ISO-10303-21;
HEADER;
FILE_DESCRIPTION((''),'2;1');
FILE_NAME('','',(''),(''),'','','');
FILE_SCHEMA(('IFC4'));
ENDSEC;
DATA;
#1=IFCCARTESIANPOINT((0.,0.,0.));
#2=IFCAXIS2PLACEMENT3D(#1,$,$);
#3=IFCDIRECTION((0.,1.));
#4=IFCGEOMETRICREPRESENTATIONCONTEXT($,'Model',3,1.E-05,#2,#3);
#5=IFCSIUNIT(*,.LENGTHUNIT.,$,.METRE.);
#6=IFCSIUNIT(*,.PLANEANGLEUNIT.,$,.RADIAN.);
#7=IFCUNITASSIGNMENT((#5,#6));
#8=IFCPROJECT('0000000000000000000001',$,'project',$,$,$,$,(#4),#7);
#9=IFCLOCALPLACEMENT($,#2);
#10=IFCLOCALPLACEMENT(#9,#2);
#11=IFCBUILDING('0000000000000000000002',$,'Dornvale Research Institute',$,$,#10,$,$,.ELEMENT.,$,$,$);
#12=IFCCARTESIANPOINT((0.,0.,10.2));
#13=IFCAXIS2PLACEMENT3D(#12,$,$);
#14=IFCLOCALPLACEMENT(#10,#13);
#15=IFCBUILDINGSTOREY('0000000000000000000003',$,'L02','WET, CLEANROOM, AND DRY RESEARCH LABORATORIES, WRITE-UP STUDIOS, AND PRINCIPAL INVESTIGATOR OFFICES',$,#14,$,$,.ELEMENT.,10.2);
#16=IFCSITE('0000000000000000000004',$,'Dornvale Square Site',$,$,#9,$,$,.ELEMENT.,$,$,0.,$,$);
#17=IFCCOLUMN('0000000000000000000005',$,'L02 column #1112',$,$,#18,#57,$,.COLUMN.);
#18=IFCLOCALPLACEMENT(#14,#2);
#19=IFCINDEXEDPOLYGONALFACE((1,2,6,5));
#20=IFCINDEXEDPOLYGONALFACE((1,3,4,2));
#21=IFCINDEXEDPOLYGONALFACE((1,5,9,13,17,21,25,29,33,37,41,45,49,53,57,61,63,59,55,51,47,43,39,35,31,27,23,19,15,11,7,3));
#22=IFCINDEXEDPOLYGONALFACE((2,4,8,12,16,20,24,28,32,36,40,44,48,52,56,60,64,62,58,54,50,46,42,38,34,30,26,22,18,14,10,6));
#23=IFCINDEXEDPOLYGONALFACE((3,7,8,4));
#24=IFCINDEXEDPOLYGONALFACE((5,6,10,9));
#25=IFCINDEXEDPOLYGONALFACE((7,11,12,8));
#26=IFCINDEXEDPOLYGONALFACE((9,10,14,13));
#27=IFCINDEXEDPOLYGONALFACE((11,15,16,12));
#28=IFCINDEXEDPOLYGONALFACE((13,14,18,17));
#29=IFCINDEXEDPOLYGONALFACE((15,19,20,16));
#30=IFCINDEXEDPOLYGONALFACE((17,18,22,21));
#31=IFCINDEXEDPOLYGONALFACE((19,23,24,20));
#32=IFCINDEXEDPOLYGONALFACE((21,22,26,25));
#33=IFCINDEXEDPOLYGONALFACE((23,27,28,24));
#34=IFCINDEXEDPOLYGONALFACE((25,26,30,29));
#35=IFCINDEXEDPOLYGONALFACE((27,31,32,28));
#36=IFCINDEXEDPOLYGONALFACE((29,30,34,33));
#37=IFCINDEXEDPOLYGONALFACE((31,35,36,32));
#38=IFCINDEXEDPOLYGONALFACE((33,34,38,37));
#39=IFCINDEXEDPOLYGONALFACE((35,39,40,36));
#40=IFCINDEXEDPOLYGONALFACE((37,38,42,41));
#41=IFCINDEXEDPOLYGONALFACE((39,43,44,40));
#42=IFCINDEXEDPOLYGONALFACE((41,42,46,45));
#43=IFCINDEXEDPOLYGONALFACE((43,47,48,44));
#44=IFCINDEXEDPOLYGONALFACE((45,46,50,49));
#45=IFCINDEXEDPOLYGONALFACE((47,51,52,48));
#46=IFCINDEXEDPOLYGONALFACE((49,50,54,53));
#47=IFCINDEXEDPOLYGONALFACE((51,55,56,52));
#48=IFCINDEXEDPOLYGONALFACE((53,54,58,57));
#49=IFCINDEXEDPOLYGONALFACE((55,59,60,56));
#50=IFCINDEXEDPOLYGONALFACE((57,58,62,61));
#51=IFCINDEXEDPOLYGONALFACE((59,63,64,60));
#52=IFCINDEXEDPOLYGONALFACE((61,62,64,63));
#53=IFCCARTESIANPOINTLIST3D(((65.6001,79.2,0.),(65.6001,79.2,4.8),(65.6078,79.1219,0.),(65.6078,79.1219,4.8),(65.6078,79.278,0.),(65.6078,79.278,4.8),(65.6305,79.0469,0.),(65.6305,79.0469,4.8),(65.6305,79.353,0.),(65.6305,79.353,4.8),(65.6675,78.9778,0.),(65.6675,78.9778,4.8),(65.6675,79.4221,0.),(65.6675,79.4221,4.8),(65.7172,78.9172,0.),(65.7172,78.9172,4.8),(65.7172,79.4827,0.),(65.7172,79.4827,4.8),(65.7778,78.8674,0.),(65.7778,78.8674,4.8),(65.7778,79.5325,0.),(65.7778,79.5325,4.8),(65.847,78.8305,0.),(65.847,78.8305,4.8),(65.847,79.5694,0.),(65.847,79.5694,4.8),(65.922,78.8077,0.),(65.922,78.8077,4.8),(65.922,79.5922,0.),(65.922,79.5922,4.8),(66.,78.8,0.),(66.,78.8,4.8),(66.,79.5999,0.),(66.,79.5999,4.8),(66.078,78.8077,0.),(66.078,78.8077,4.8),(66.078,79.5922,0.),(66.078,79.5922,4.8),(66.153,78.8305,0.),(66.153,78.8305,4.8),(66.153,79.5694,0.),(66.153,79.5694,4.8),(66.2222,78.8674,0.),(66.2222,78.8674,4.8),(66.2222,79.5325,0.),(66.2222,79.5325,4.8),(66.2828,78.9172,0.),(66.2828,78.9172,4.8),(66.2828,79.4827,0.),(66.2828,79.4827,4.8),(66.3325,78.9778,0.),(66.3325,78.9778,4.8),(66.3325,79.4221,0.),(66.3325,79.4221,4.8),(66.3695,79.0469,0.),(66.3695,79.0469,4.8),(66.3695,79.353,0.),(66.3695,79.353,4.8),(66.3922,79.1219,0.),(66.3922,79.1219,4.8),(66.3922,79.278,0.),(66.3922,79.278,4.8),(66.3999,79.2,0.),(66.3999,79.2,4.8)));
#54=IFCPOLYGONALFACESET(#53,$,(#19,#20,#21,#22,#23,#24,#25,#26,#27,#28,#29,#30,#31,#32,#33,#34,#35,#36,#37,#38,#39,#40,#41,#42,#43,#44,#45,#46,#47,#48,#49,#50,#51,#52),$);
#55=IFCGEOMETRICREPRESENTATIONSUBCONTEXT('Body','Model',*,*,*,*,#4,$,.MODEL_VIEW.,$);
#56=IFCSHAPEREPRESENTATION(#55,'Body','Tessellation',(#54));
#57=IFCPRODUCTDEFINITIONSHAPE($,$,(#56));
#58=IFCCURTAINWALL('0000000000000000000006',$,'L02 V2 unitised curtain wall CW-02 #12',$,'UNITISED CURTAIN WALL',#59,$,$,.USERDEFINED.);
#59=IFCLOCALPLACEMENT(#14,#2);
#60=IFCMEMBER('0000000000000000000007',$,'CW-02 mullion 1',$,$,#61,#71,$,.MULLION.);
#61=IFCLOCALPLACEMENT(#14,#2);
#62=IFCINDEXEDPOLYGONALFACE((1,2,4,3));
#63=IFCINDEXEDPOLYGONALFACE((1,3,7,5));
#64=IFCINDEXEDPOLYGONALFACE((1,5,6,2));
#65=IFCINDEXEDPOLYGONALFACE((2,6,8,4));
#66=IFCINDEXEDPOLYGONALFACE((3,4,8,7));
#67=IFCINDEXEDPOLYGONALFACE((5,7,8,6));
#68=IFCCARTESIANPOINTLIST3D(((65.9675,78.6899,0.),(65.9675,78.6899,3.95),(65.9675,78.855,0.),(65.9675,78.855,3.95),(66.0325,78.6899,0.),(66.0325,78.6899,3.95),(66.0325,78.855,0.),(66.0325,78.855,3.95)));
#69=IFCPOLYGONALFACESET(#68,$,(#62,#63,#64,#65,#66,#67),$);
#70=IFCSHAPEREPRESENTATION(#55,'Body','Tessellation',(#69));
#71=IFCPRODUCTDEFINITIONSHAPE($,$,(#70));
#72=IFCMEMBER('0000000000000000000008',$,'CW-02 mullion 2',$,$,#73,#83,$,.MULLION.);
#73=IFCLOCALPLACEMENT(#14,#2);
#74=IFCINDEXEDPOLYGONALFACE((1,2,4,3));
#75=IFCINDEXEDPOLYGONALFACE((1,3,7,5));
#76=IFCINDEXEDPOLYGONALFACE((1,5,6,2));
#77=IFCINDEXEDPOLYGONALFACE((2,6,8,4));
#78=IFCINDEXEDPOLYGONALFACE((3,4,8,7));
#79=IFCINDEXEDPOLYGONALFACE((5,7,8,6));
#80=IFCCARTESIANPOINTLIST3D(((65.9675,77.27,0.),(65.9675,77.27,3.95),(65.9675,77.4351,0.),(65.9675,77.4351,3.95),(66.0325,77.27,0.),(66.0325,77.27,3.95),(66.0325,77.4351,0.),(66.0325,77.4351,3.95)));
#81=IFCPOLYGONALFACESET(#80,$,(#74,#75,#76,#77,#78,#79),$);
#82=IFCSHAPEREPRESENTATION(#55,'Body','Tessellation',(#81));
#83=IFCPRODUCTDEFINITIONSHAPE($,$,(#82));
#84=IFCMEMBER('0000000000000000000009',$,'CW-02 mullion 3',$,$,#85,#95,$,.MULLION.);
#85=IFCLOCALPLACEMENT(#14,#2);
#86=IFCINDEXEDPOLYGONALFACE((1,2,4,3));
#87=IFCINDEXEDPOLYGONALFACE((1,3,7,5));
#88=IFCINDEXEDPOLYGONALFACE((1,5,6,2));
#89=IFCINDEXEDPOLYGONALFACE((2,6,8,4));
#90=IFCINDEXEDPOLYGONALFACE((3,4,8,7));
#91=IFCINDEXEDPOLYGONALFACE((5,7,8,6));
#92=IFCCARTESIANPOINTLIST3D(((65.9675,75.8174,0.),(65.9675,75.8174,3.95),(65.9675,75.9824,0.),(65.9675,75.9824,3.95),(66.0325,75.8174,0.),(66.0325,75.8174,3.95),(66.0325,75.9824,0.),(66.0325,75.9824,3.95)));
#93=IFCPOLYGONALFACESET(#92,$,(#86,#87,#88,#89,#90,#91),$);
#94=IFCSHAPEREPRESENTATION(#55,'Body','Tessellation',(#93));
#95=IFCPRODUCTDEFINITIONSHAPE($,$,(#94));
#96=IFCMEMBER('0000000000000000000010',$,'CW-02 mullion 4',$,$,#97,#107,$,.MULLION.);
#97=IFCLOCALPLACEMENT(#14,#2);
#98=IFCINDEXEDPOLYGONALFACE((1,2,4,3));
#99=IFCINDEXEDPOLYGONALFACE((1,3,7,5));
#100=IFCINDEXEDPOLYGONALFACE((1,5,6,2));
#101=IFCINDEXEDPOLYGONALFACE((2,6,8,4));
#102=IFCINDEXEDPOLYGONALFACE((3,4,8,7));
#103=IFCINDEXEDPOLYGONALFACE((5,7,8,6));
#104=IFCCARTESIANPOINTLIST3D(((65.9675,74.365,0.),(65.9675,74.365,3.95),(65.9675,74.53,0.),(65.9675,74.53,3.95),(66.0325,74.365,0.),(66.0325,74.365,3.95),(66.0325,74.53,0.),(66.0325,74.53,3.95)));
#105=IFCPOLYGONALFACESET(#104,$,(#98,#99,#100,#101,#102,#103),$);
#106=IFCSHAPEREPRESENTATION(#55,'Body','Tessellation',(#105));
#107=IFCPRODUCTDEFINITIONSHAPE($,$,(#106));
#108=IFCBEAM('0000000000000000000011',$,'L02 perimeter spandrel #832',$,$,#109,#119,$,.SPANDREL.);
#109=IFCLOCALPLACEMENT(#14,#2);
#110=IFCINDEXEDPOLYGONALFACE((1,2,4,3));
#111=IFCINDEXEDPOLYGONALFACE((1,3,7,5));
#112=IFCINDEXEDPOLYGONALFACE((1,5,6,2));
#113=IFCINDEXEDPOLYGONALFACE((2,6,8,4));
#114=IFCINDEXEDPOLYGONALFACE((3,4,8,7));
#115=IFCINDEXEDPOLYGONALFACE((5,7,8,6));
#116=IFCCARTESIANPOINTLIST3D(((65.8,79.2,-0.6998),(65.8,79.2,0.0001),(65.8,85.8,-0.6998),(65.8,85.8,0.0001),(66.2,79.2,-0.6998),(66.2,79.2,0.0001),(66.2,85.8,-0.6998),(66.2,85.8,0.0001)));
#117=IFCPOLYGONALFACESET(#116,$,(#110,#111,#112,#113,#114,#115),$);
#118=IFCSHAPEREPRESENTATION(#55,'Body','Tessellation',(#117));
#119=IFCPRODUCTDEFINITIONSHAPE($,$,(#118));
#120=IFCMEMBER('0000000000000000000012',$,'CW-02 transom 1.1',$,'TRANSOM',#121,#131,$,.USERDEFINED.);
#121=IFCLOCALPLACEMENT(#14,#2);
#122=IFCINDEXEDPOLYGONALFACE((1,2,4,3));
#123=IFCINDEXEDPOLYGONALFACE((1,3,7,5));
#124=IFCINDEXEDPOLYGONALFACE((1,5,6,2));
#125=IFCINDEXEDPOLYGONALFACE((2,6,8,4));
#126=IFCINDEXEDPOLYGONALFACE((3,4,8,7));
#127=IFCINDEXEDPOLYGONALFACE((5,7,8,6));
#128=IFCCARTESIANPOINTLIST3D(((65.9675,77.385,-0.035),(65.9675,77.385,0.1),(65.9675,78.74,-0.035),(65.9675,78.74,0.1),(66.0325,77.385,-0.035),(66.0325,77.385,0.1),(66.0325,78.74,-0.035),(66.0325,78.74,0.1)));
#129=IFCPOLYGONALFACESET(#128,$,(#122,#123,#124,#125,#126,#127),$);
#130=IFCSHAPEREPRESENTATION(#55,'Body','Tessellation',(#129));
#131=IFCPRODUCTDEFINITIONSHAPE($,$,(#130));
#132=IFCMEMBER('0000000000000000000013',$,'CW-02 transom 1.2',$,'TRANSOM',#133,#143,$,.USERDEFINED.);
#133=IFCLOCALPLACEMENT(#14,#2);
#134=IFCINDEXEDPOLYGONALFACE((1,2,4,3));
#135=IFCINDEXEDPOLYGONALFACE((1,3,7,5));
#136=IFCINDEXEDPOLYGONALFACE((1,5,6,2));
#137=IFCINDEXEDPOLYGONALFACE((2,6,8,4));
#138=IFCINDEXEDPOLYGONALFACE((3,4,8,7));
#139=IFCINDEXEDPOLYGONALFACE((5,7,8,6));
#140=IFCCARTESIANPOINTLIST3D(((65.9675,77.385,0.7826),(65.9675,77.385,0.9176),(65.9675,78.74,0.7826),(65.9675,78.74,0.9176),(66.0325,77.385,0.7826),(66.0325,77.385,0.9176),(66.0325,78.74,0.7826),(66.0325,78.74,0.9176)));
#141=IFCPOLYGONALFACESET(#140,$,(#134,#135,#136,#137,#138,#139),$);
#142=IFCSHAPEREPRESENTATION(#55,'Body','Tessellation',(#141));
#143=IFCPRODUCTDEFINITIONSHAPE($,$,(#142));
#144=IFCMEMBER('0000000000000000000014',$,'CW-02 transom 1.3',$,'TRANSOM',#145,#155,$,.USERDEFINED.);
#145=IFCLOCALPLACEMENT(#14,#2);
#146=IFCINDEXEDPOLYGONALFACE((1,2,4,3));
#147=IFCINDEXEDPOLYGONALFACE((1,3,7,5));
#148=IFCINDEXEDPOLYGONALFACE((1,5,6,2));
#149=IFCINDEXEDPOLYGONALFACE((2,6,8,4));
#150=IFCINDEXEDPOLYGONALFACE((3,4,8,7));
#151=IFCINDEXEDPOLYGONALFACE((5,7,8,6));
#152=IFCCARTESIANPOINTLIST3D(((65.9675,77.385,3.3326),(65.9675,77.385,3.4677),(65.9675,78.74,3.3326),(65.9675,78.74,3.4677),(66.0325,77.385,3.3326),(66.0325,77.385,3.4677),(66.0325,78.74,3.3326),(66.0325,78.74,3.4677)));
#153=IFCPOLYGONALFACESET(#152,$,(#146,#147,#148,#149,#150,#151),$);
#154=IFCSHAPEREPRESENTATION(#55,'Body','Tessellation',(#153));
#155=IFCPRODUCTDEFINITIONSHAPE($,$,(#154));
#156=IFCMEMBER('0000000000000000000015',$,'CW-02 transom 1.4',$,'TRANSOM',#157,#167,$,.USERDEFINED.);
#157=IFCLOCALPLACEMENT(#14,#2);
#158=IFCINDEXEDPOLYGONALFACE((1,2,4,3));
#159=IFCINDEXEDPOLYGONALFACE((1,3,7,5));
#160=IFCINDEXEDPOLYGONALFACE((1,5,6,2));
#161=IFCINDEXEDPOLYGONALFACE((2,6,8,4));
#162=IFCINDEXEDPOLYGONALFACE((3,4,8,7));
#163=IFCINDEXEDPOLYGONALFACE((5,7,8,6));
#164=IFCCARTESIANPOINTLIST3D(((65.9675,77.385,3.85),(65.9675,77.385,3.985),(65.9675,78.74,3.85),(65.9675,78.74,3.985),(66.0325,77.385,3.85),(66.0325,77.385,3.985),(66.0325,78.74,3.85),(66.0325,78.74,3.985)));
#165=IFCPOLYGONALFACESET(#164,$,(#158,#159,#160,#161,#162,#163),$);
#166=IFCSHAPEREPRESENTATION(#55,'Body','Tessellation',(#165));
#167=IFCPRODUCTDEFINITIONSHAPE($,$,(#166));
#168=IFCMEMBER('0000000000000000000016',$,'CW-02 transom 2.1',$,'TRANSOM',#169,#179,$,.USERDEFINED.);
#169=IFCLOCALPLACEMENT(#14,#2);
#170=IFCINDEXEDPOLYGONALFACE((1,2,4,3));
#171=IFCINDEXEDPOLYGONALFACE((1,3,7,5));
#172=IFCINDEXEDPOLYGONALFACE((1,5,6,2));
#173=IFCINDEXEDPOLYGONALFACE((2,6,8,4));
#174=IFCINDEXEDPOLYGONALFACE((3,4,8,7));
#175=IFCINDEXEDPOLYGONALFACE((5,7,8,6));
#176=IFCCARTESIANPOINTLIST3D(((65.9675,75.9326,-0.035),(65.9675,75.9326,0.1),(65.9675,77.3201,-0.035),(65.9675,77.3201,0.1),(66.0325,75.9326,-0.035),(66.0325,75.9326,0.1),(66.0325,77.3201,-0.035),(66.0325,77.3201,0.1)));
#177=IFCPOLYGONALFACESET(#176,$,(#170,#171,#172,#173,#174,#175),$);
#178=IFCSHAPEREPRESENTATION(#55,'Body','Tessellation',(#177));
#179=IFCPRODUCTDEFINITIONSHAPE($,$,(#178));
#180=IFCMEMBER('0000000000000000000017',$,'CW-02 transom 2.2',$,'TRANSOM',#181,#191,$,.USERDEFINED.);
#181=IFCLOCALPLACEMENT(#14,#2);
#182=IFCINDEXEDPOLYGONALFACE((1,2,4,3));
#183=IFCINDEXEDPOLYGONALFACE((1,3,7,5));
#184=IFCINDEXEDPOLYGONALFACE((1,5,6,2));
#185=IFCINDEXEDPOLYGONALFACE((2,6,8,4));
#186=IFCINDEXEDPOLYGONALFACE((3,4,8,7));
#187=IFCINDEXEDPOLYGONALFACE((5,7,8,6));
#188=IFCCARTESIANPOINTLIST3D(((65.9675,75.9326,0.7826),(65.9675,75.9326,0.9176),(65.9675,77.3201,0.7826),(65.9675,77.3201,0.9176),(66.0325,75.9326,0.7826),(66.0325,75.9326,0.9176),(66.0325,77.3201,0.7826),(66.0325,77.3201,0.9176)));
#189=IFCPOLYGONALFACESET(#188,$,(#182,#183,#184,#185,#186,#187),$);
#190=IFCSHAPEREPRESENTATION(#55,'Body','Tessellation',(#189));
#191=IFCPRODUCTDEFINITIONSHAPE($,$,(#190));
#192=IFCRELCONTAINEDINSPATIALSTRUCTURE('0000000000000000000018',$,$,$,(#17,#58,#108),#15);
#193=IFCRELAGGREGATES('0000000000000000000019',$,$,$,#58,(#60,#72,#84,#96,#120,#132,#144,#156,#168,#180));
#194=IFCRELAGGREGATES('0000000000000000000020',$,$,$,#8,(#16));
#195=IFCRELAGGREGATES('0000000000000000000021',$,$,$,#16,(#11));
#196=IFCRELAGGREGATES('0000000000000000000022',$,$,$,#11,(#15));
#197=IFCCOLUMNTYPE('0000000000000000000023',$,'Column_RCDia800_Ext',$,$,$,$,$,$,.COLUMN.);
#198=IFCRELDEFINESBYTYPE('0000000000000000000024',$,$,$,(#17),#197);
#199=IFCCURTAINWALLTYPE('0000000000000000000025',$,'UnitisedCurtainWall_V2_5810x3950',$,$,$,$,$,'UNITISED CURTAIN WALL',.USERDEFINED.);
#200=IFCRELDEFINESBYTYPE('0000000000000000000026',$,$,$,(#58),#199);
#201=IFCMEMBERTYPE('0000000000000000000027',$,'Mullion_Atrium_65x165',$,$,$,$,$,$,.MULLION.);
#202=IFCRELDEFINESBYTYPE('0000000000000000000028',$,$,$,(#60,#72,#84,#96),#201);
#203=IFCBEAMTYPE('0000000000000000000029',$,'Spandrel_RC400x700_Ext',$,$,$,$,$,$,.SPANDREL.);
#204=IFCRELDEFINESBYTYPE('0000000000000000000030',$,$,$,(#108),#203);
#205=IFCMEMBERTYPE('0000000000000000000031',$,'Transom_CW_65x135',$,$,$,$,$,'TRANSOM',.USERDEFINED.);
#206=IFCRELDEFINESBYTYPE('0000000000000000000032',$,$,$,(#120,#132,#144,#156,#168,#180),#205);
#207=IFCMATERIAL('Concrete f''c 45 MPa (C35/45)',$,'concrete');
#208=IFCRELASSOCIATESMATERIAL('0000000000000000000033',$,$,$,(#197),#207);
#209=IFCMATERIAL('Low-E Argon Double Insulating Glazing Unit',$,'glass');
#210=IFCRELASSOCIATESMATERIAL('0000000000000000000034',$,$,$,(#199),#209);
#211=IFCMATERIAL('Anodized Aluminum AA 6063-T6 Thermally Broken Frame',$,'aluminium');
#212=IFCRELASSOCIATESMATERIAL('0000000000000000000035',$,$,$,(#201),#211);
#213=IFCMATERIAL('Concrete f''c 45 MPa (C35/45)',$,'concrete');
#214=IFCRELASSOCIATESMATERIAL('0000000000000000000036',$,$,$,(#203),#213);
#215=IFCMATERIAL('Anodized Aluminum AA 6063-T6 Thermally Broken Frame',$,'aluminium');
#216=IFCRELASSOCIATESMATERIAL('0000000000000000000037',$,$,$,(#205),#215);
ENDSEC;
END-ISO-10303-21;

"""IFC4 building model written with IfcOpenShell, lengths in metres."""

from ifc_helpers import new_model, si_unit, direction, frame, origin, origin_2d, place, context, subcontext, project, spatial, rectangle, circle, extrude, material, material_profile, profile_set, type_object, element, aggregate, save


model = new_model("IFC4")

# Units and contexts
model_context = context("Model", 3, precision=1e-05, world=origin(), true_north=direction((0.0, 1.0)))
body_context = subcontext(model_context, "Body", "Model", "MODEL_VIEW")
ifc_project = project(units=[si_unit("LENGTHUNIT", "METRE"), si_unit("PLANEANGLEUNIT", "RADIAN")], contexts=[model_context])

# Site, building, storey
site_placement = place(None, origin())
site = spatial("IfcSite", under=ifc_project, at=site_placement, Name="Dornvale Square Site", CompositionType="ELEMENT", RefElevation=0.0)
building_placement = place(site_placement, origin())
building = spatial("IfcBuilding", under=site, at=building_placement, Name="Dornvale Research Institute", CompositionType="ELEMENT")
storey_placement = place(building_placement, frame((0.0, 0.0, 10.2)))
storey = spatial("IfcBuildingStorey", under=building, at=storey_placement, Name="L02", Description="WET, CLEANROOM, AND DRY RESEARCH LABORATORIES, WRITE-UP STUDIOS, AND PRINCIPAL INVESTIGATOR OFFICES", CompositionType="ELEMENT", Elevation=10.2)

# Column
ifc_material_1 = material(Name="Concrete f'c 45 MPa (C35/45)", Category="concrete")
ifc_material_profile_1 = material_profile(ifc_material_1, circle(Radius=0.3999, at=origin_2d()), Name="RC DIA 800")
ifc_profile_set_1 = profile_set([ifc_material_profile_1], Name="Concrete f'c 45 MPa (C35/45)")
column_type = type_object("IfcColumnType", Name="Column_RCDia800_Ext", PredefinedType="COLUMN", material=ifc_profile_set_1)
column_placement = place(storey_placement, frame((66.0, 79.2, 0.0), z_axis=(0.0, 0.0, 1.0), x_axis=(1.0, 0.0, 0.0)))
element("IfcColumn", 1, at=column_placement, inside=storey, type_object=column_type, Name="L02 column #1112", PredefinedType="COLUMN", context=body_context, shape_type="SweptSolid", body=[
    extrude(circle(Radius=0.3999, at=origin_2d()), origin(), (0.0, 0.0, 1.0), 4.8),
])

# Curtain wall, members
ifc_material_2 = material(Name="Low-E Argon Double Insulating Glazing Unit", Category="glass")
curtain_wall_type = type_object("IfcCurtainWallType", Name="UnitisedCurtainWall_V2_5810x3950", ElementType="UNITISED CURTAIN WALL", PredefinedType="USERDEFINED", material=ifc_material_2)
curtain_wall_placement = place(storey_placement, origin())
curtain_wall = element("IfcCurtainWall", 2, at=curtain_wall_placement, inside=storey, type_object=curtain_wall_type, Name="L02 V2 unitised curtain wall CW-02 #12", ObjectType="UNITISED CURTAIN WALL", PredefinedType="USERDEFINED")
ifc_material_3 = material(Name="Anodized Aluminum AA 6063-T6 Thermally Broken Frame", Category="aluminium")
ifc_material_profile_2 = material_profile(ifc_material_3, rectangle(XDim=0.0649, YDim=0.165, at=origin_2d()), Name="ALU MULLION 65x165")
ifc_profile_set_2 = profile_set([ifc_material_profile_2], Name="Anodized Aluminum AA 6063-T6 Thermally Broken Frame")
member_type_1 = type_object("IfcMemberType", Name="Mullion_Atrium_65x165", PredefinedType="MULLION", material=ifc_profile_set_2)
member_1_placement = place(storey_placement, frame((66.0, 78.7725, 0.0), z_axis=(0.0, 0.0, 1.0), x_axis=(1.0, 0.0, 0.0)))
member_1 = element("IfcMember", 3, at=member_1_placement, type_object=member_type_1, Name="CW-02 mullion 1", PredefinedType="MULLION", context=body_context, shape_type="SweptSolid", body=[
    extrude(rectangle(XDim=0.0649, YDim=0.165, at=origin_2d()), origin(), (0.0, 0.0, 1.0), 3.95),
])
member_2_placement = place(storey_placement, frame((66.0, 77.3525, 0.0), z_axis=(0.0, 0.0, 1.0), x_axis=(1.0, 0.0, 0.0)))
member_2 = element("IfcMember", 4, at=member_2_placement, type_object=member_type_1, Name="CW-02 mullion 2", PredefinedType="MULLION", context=body_context, shape_type="SweptSolid", body=[
    extrude(rectangle(XDim=0.0649, YDim=0.165, at=origin_2d()), origin(), (0.0, 0.0, 1.0), 3.95),
])
member_3_placement = place(storey_placement, frame((66.0, 75.8999, 0.0), z_axis=(0.0, 0.0, 1.0), x_axis=(1.0, 0.0, 0.0)))
member_3 = element("IfcMember", 5, at=member_3_placement, type_object=member_type_1, Name="CW-02 mullion 3", PredefinedType="MULLION", context=body_context, shape_type="SweptSolid", body=[
    extrude(rectangle(XDim=0.0649, YDim=0.165, at=origin_2d()), origin(), (0.0, 0.0, 1.0), 3.95),
])
member_4_placement = place(storey_placement, frame((66.0, 74.4475, 0.0), z_axis=(0.0, 0.0, 1.0), x_axis=(1.0, 0.0, 0.0)))
member_4 = element("IfcMember", 6, at=member_4_placement, type_object=member_type_1, Name="CW-02 mullion 4", PredefinedType="MULLION", context=body_context, shape_type="SweptSolid", body=[
    extrude(rectangle(XDim=0.0649, YDim=0.165, at=origin_2d()), origin(), (0.0, 0.0, 1.0), 3.95),
])

# Beam
ifc_material_4 = material(Name="Concrete f'c 45 MPa (C35/45)", Category="concrete")
ifc_material_profile_3 = material_profile(ifc_material_4, rectangle(XDim=0.3999, YDim=0.7, at=origin_2d()), Name="RC 400x700")
ifc_profile_set_3 = profile_set([ifc_material_profile_3], Name="Concrete f'c 45 MPa (C35/45)")
beam_type = type_object("IfcBeamType", Name="Spandrel_RC400x700_Ext", PredefinedType="SPANDREL", material=ifc_profile_set_3)
beam_placement = place(storey_placement, frame((66.0, 79.2, -0.3499), z_axis=(0.0, 1.0, 0.0), x_axis=(-1.0, 0.0, 0.0)))
element("IfcBeam", 7, at=beam_placement, inside=storey, type_object=beam_type, Name="L02 perimeter spandrel #832", PredefinedType="SPANDREL", context=body_context, shape_type="SweptSolid", body=[
    extrude(rectangle(XDim=0.3999, YDim=0.7, at=origin_2d()), origin(), (0.0, 0.0, 1.0), 6.6001),
])

# Members
ifc_material_5 = material(Name="Anodized Aluminum AA 6063-T6 Thermally Broken Frame", Category="aluminium")
ifc_material_profile_4 = material_profile(ifc_material_5, rectangle(XDim=0.0649, YDim=0.135, at=origin_2d()), Name="ALU TRANSOM 65x135")
ifc_profile_set_4 = profile_set([ifc_material_profile_4], Name="Anodized Aluminum AA 6063-T6 Thermally Broken Frame")
member_type_2 = type_object("IfcMemberType", Name="Transom_CW_65x135", ElementType="TRANSOM", PredefinedType="USERDEFINED", material=ifc_profile_set_4)
member_5_placement = place(storey_placement, frame((66.0, 78.74, 0.0325), z_axis=(0.0, -1.0, 0.0), x_axis=(1.0, 0.0, 0.0)))
member_5 = element("IfcMember", 8, at=member_5_placement, type_object=member_type_2, Name="CW-02 transom 1.1", ObjectType="TRANSOM", PredefinedType="USERDEFINED", context=body_context, shape_type="SweptSolid", body=[
    extrude(rectangle(XDim=0.0649, YDim=0.135, at=origin_2d()), origin(), (0.0, 0.0, 1.0), 1.355),
])
member_6_placement = place(storey_placement, frame((66.0, 78.74, 0.8501), z_axis=(0.0, -1.0, 0.0), x_axis=(1.0, 0.0, 0.0)))
member_6 = element("IfcMember", 9, at=member_6_placement, type_object=member_type_2, Name="CW-02 transom 1.2", ObjectType="TRANSOM", PredefinedType="USERDEFINED", context=body_context, shape_type="SweptSolid", body=[
    extrude(rectangle(XDim=0.0649, YDim=0.135, at=origin_2d()), origin(), (0.0, 0.0, 1.0), 1.355),
])
member_7_placement = place(storey_placement, frame((66.0, 78.74, 3.4001), z_axis=(0.0, -1.0, 0.0), x_axis=(1.0, 0.0, 0.0)))
member_7 = element("IfcMember", 10, at=member_7_placement, type_object=member_type_2, Name="CW-02 transom 1.3", ObjectType="TRANSOM", PredefinedType="USERDEFINED", context=body_context, shape_type="SweptSolid", body=[
    extrude(rectangle(XDim=0.0649, YDim=0.135, at=origin_2d()), origin(), (0.0, 0.0, 1.0), 1.355),
])
member_8_placement = place(storey_placement, frame((66.0, 78.74, 3.9175), z_axis=(0.0, -1.0, 0.0), x_axis=(1.0, 0.0, 0.0)))
member_8 = element("IfcMember", 11, at=member_8_placement, type_object=member_type_2, Name="CW-02 transom 1.4", ObjectType="TRANSOM", PredefinedType="USERDEFINED", context=body_context, shape_type="SweptSolid", body=[
    extrude(rectangle(XDim=0.0649, YDim=0.135, at=origin_2d()), origin(), (0.0, 0.0, 1.0), 1.355),
])
member_9_placement = place(storey_placement, frame((66.0, 77.3201, 0.0325), z_axis=(0.0, -1.0, 0.0), x_axis=(1.0, 0.0, 0.0)))
member_9 = element("IfcMember", 12, at=member_9_placement, type_object=member_type_2, Name="CW-02 transom 2.1", ObjectType="TRANSOM", PredefinedType="USERDEFINED", context=body_context, shape_type="SweptSolid", body=[
    extrude(rectangle(XDim=0.0649, YDim=0.135, at=origin_2d()), origin(), (0.0, 0.0, 1.0), 1.3875),
])
member_10_placement = place(storey_placement, frame((66.0, 77.3201, 0.8501), z_axis=(0.0, -1.0, 0.0), x_axis=(1.0, 0.0, 0.0)))
member_10 = element("IfcMember", 13, at=member_10_placement, type_object=member_type_2, Name="CW-02 transom 2.2", ObjectType="TRANSOM", PredefinedType="USERDEFINED", context=body_context, shape_type="SweptSolid", body=[
    extrude(rectangle(XDim=0.0649, YDim=0.135, at=origin_2d()), origin(), (0.0, 0.0, 1.0), 1.3875),
])

aggregate(curtain_wall, [member_1, member_2, member_3, member_4, member_5, member_6, member_7, member_8, member_9, member_10])

save(model, "model.ifc")
